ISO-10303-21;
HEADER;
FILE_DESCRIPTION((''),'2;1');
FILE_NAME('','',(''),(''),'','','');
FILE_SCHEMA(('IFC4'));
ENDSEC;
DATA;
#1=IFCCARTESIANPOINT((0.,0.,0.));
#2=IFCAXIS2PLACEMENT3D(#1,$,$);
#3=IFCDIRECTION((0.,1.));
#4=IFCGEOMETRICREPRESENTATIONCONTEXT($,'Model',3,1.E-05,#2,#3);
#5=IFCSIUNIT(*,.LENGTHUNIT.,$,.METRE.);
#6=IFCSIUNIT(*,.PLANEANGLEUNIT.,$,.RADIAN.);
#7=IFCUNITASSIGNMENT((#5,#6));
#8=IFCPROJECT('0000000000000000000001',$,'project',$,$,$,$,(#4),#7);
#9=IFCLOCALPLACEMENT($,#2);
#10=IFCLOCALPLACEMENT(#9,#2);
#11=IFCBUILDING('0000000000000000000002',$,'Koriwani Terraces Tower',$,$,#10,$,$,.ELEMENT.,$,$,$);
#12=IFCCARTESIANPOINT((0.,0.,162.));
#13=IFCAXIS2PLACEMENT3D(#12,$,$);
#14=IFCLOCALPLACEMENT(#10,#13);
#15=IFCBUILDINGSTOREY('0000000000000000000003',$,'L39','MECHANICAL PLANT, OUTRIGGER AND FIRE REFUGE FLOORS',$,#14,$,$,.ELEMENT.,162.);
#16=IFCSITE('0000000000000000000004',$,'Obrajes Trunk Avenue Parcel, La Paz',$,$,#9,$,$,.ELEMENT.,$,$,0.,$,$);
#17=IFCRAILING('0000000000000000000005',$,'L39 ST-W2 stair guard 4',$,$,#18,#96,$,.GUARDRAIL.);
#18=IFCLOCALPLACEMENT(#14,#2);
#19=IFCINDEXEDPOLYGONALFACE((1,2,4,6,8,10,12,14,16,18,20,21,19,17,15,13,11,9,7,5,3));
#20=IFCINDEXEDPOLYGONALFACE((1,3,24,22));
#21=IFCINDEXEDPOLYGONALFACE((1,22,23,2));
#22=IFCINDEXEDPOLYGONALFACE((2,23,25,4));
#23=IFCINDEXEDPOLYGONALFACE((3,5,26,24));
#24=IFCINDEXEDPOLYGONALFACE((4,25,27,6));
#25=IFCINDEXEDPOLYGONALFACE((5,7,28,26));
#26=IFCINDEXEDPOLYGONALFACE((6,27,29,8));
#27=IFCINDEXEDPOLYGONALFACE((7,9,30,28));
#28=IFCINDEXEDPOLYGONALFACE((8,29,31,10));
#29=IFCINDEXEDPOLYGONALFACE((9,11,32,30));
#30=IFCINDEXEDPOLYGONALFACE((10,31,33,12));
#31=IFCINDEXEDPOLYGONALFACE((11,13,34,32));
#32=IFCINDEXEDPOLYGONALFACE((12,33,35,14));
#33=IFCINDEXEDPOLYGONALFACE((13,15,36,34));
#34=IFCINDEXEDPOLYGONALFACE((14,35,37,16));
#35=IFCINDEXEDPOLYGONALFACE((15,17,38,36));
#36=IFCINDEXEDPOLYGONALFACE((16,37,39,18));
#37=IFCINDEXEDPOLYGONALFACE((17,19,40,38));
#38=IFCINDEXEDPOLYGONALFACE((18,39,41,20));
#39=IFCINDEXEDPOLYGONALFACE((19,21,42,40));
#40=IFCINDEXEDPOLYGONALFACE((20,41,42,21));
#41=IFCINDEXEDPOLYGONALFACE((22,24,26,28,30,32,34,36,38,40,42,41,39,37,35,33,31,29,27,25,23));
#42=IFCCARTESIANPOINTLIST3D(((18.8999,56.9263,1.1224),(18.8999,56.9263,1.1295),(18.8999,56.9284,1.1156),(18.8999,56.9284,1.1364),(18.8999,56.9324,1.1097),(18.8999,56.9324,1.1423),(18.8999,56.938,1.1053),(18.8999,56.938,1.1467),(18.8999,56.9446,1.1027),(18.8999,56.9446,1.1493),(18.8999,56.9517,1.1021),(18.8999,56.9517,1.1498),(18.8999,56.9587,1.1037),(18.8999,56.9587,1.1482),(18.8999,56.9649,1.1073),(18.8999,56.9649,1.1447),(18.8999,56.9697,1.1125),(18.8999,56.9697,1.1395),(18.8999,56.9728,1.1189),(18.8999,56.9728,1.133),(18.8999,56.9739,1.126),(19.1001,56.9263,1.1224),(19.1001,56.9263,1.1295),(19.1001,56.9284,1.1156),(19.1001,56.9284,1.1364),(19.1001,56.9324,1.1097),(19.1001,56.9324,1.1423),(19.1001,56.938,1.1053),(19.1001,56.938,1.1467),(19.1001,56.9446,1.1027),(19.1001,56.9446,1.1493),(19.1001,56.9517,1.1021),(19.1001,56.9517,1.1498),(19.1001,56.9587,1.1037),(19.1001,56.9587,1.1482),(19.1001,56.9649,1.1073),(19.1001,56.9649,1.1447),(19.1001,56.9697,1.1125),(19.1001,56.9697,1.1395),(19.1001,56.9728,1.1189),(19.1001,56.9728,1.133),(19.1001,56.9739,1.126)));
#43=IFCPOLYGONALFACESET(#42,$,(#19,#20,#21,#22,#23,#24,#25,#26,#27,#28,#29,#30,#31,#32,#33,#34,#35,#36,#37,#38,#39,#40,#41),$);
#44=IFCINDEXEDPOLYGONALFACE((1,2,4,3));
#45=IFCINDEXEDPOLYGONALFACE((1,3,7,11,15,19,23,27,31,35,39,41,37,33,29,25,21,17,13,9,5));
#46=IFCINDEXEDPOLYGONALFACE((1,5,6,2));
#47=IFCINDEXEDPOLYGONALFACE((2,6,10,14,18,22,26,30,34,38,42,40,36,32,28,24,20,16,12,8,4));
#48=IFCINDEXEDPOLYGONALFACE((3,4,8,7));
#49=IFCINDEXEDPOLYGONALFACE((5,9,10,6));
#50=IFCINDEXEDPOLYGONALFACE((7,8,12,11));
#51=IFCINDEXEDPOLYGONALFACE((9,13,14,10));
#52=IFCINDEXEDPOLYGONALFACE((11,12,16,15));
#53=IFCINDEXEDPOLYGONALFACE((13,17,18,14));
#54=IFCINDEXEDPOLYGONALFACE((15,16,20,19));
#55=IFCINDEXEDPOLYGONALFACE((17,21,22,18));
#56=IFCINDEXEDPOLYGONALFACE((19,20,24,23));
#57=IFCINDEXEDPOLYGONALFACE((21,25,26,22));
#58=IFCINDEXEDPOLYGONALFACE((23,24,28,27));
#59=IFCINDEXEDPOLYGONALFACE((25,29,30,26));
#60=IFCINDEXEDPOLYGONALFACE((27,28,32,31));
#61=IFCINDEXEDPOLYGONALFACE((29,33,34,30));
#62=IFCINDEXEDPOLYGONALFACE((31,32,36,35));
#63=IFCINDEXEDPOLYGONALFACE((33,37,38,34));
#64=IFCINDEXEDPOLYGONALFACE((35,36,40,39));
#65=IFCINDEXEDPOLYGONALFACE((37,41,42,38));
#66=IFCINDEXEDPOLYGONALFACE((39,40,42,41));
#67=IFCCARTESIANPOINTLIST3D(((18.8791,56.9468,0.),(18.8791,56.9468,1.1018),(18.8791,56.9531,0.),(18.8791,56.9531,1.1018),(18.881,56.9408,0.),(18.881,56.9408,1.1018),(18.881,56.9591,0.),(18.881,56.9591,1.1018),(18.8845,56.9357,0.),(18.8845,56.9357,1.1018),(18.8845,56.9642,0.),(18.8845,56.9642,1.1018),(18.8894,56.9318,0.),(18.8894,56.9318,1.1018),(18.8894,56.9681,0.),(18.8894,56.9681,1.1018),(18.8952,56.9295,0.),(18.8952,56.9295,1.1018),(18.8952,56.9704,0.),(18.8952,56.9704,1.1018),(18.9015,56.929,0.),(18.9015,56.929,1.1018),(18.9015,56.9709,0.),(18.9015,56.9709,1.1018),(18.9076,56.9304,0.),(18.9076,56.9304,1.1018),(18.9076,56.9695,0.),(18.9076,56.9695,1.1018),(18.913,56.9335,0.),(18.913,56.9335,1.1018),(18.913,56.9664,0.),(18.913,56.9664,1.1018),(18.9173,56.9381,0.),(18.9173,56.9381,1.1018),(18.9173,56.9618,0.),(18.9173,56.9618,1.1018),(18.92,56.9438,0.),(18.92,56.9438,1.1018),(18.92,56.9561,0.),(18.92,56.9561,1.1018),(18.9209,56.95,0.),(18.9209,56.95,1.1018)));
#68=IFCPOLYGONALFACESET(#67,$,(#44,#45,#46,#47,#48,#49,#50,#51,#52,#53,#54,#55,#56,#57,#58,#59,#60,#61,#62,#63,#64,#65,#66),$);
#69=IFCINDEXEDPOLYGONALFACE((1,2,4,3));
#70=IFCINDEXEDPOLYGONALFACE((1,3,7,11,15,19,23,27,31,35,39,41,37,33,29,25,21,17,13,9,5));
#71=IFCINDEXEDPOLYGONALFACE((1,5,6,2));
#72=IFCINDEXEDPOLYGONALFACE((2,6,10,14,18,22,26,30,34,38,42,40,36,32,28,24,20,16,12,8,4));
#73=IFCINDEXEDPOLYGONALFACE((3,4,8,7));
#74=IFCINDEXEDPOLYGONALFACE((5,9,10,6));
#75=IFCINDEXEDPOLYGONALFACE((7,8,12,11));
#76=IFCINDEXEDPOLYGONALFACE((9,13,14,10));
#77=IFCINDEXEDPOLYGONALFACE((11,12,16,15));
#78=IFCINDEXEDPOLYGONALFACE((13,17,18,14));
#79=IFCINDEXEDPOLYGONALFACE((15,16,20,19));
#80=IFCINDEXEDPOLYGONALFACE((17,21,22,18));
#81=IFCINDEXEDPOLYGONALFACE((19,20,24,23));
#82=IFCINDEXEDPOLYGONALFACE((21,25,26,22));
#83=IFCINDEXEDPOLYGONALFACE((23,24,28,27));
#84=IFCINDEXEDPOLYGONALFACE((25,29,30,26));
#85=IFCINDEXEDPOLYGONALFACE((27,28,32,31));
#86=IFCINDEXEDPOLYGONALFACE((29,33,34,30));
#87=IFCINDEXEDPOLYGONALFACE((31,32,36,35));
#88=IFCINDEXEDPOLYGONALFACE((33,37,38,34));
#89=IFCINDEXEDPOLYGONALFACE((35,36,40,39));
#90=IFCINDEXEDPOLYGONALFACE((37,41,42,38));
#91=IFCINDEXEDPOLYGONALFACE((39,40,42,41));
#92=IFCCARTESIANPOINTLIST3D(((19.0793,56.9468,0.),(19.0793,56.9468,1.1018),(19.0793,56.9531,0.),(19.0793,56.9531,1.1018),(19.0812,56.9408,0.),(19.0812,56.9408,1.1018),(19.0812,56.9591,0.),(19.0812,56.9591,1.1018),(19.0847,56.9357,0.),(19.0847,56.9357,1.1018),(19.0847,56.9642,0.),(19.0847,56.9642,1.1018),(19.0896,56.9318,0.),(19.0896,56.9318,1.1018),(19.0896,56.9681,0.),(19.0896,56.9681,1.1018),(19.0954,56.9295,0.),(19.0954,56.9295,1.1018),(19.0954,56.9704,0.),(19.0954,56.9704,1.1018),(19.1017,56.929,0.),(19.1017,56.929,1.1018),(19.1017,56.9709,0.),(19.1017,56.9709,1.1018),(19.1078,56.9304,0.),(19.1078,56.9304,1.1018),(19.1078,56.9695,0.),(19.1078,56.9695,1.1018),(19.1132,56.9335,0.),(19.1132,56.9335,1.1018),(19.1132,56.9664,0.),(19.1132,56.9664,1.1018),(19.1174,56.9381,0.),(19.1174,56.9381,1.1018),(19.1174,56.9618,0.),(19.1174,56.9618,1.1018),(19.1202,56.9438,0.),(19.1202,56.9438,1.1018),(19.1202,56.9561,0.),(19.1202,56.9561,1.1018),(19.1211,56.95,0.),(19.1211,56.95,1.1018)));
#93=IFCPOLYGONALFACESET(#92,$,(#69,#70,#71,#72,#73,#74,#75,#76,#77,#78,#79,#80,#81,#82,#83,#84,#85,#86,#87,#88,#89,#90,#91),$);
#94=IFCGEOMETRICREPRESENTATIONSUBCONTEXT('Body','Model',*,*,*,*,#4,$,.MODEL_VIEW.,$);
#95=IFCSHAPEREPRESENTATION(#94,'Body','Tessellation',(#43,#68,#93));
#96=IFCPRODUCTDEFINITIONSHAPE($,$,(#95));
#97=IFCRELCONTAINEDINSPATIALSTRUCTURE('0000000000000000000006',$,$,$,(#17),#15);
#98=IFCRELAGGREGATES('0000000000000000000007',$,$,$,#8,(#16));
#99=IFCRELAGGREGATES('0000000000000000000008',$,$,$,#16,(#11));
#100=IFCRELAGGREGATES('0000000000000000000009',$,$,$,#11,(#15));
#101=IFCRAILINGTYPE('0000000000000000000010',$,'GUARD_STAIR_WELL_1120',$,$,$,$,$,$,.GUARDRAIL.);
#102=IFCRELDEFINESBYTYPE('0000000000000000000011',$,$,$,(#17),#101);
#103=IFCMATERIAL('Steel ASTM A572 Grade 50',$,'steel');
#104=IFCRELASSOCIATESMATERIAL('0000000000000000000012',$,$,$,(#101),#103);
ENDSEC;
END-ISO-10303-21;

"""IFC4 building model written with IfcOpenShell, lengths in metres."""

from ifc_helpers import new_model, si_unit, direction, frame, origin, origin_2d, place, context, subcontext, project, spatial, circle, extrude, material, type_object, element, save


model = new_model("IFC4")

# Units and contexts
model_context = context("Model", 3, precision=1e-05, world=origin(), true_north=direction((0.0, 1.0)))
body_context = subcontext(model_context, "Body", "Model", "MODEL_VIEW")
ifc_project = project(units=[si_unit("LENGTHUNIT", "METRE"), si_unit("PLANEANGLEUNIT", "RADIAN")], contexts=[model_context])

# Site, building, storey
site_placement = place(None, origin())
site = spatial("IfcSite", under=ifc_project, at=site_placement, Name="Obrajes Trunk Avenue Parcel, La Paz", CompositionType="ELEMENT", RefElevation=0.0)
building_placement = place(site_placement, origin())
building = spatial("IfcBuilding", under=site, at=building_placement, Name="Koriwani Terraces Tower", CompositionType="ELEMENT")
storey_placement = place(building_placement, frame((0.0, 0.0, 162.0)))
storey = spatial("IfcBuildingStorey", under=building, at=storey_placement, Name="L39", Description="MECHANICAL PLANT, OUTRIGGER AND FIRE REFUGE FLOORS", CompositionType="ELEMENT", Elevation=162.0)

# Shared definitions
ifc_material_1 = material(Name="Steel ASTM A572 Grade 50", Category="steel")

# Railing
railing_type_1 = type_object("IfcRailingType", Name="GUARD_STAIR_WELL_1120", PredefinedType="GUARDRAIL", material=ifc_material_1)
railing_1_placement = place(storey_placement, frame((18.8999, 56.95, 0.0)))
element("IfcRailing", 1, at=railing_1_placement, inside=storey, type_object=railing_type_1, Name="L39 ST-W2 stair guard 4", PredefinedType="GUARDRAIL", context=body_context, shape_type="SweptSolid", body=[
    extrude(circle(Radius=0.0239, at=origin_2d()), frame((0.0, 0.0, 1.126), z_axis=(1.0, 0.0, 0.0), x_axis=(0.0, 1.0, 0.0)), (0.0, 0.0, 1.0), 0.2002),
    extrude(circle(Radius=0.021, at=origin_2d()), origin(), (0.0, 0.0, 1.0), 1.1018),
    extrude(circle(Radius=0.021, at=origin_2d()), frame((0.2002, 0.0, 0.0)), (0.0, 0.0, 1.0), 1.1018),
])

save(model, "model.ifc")
